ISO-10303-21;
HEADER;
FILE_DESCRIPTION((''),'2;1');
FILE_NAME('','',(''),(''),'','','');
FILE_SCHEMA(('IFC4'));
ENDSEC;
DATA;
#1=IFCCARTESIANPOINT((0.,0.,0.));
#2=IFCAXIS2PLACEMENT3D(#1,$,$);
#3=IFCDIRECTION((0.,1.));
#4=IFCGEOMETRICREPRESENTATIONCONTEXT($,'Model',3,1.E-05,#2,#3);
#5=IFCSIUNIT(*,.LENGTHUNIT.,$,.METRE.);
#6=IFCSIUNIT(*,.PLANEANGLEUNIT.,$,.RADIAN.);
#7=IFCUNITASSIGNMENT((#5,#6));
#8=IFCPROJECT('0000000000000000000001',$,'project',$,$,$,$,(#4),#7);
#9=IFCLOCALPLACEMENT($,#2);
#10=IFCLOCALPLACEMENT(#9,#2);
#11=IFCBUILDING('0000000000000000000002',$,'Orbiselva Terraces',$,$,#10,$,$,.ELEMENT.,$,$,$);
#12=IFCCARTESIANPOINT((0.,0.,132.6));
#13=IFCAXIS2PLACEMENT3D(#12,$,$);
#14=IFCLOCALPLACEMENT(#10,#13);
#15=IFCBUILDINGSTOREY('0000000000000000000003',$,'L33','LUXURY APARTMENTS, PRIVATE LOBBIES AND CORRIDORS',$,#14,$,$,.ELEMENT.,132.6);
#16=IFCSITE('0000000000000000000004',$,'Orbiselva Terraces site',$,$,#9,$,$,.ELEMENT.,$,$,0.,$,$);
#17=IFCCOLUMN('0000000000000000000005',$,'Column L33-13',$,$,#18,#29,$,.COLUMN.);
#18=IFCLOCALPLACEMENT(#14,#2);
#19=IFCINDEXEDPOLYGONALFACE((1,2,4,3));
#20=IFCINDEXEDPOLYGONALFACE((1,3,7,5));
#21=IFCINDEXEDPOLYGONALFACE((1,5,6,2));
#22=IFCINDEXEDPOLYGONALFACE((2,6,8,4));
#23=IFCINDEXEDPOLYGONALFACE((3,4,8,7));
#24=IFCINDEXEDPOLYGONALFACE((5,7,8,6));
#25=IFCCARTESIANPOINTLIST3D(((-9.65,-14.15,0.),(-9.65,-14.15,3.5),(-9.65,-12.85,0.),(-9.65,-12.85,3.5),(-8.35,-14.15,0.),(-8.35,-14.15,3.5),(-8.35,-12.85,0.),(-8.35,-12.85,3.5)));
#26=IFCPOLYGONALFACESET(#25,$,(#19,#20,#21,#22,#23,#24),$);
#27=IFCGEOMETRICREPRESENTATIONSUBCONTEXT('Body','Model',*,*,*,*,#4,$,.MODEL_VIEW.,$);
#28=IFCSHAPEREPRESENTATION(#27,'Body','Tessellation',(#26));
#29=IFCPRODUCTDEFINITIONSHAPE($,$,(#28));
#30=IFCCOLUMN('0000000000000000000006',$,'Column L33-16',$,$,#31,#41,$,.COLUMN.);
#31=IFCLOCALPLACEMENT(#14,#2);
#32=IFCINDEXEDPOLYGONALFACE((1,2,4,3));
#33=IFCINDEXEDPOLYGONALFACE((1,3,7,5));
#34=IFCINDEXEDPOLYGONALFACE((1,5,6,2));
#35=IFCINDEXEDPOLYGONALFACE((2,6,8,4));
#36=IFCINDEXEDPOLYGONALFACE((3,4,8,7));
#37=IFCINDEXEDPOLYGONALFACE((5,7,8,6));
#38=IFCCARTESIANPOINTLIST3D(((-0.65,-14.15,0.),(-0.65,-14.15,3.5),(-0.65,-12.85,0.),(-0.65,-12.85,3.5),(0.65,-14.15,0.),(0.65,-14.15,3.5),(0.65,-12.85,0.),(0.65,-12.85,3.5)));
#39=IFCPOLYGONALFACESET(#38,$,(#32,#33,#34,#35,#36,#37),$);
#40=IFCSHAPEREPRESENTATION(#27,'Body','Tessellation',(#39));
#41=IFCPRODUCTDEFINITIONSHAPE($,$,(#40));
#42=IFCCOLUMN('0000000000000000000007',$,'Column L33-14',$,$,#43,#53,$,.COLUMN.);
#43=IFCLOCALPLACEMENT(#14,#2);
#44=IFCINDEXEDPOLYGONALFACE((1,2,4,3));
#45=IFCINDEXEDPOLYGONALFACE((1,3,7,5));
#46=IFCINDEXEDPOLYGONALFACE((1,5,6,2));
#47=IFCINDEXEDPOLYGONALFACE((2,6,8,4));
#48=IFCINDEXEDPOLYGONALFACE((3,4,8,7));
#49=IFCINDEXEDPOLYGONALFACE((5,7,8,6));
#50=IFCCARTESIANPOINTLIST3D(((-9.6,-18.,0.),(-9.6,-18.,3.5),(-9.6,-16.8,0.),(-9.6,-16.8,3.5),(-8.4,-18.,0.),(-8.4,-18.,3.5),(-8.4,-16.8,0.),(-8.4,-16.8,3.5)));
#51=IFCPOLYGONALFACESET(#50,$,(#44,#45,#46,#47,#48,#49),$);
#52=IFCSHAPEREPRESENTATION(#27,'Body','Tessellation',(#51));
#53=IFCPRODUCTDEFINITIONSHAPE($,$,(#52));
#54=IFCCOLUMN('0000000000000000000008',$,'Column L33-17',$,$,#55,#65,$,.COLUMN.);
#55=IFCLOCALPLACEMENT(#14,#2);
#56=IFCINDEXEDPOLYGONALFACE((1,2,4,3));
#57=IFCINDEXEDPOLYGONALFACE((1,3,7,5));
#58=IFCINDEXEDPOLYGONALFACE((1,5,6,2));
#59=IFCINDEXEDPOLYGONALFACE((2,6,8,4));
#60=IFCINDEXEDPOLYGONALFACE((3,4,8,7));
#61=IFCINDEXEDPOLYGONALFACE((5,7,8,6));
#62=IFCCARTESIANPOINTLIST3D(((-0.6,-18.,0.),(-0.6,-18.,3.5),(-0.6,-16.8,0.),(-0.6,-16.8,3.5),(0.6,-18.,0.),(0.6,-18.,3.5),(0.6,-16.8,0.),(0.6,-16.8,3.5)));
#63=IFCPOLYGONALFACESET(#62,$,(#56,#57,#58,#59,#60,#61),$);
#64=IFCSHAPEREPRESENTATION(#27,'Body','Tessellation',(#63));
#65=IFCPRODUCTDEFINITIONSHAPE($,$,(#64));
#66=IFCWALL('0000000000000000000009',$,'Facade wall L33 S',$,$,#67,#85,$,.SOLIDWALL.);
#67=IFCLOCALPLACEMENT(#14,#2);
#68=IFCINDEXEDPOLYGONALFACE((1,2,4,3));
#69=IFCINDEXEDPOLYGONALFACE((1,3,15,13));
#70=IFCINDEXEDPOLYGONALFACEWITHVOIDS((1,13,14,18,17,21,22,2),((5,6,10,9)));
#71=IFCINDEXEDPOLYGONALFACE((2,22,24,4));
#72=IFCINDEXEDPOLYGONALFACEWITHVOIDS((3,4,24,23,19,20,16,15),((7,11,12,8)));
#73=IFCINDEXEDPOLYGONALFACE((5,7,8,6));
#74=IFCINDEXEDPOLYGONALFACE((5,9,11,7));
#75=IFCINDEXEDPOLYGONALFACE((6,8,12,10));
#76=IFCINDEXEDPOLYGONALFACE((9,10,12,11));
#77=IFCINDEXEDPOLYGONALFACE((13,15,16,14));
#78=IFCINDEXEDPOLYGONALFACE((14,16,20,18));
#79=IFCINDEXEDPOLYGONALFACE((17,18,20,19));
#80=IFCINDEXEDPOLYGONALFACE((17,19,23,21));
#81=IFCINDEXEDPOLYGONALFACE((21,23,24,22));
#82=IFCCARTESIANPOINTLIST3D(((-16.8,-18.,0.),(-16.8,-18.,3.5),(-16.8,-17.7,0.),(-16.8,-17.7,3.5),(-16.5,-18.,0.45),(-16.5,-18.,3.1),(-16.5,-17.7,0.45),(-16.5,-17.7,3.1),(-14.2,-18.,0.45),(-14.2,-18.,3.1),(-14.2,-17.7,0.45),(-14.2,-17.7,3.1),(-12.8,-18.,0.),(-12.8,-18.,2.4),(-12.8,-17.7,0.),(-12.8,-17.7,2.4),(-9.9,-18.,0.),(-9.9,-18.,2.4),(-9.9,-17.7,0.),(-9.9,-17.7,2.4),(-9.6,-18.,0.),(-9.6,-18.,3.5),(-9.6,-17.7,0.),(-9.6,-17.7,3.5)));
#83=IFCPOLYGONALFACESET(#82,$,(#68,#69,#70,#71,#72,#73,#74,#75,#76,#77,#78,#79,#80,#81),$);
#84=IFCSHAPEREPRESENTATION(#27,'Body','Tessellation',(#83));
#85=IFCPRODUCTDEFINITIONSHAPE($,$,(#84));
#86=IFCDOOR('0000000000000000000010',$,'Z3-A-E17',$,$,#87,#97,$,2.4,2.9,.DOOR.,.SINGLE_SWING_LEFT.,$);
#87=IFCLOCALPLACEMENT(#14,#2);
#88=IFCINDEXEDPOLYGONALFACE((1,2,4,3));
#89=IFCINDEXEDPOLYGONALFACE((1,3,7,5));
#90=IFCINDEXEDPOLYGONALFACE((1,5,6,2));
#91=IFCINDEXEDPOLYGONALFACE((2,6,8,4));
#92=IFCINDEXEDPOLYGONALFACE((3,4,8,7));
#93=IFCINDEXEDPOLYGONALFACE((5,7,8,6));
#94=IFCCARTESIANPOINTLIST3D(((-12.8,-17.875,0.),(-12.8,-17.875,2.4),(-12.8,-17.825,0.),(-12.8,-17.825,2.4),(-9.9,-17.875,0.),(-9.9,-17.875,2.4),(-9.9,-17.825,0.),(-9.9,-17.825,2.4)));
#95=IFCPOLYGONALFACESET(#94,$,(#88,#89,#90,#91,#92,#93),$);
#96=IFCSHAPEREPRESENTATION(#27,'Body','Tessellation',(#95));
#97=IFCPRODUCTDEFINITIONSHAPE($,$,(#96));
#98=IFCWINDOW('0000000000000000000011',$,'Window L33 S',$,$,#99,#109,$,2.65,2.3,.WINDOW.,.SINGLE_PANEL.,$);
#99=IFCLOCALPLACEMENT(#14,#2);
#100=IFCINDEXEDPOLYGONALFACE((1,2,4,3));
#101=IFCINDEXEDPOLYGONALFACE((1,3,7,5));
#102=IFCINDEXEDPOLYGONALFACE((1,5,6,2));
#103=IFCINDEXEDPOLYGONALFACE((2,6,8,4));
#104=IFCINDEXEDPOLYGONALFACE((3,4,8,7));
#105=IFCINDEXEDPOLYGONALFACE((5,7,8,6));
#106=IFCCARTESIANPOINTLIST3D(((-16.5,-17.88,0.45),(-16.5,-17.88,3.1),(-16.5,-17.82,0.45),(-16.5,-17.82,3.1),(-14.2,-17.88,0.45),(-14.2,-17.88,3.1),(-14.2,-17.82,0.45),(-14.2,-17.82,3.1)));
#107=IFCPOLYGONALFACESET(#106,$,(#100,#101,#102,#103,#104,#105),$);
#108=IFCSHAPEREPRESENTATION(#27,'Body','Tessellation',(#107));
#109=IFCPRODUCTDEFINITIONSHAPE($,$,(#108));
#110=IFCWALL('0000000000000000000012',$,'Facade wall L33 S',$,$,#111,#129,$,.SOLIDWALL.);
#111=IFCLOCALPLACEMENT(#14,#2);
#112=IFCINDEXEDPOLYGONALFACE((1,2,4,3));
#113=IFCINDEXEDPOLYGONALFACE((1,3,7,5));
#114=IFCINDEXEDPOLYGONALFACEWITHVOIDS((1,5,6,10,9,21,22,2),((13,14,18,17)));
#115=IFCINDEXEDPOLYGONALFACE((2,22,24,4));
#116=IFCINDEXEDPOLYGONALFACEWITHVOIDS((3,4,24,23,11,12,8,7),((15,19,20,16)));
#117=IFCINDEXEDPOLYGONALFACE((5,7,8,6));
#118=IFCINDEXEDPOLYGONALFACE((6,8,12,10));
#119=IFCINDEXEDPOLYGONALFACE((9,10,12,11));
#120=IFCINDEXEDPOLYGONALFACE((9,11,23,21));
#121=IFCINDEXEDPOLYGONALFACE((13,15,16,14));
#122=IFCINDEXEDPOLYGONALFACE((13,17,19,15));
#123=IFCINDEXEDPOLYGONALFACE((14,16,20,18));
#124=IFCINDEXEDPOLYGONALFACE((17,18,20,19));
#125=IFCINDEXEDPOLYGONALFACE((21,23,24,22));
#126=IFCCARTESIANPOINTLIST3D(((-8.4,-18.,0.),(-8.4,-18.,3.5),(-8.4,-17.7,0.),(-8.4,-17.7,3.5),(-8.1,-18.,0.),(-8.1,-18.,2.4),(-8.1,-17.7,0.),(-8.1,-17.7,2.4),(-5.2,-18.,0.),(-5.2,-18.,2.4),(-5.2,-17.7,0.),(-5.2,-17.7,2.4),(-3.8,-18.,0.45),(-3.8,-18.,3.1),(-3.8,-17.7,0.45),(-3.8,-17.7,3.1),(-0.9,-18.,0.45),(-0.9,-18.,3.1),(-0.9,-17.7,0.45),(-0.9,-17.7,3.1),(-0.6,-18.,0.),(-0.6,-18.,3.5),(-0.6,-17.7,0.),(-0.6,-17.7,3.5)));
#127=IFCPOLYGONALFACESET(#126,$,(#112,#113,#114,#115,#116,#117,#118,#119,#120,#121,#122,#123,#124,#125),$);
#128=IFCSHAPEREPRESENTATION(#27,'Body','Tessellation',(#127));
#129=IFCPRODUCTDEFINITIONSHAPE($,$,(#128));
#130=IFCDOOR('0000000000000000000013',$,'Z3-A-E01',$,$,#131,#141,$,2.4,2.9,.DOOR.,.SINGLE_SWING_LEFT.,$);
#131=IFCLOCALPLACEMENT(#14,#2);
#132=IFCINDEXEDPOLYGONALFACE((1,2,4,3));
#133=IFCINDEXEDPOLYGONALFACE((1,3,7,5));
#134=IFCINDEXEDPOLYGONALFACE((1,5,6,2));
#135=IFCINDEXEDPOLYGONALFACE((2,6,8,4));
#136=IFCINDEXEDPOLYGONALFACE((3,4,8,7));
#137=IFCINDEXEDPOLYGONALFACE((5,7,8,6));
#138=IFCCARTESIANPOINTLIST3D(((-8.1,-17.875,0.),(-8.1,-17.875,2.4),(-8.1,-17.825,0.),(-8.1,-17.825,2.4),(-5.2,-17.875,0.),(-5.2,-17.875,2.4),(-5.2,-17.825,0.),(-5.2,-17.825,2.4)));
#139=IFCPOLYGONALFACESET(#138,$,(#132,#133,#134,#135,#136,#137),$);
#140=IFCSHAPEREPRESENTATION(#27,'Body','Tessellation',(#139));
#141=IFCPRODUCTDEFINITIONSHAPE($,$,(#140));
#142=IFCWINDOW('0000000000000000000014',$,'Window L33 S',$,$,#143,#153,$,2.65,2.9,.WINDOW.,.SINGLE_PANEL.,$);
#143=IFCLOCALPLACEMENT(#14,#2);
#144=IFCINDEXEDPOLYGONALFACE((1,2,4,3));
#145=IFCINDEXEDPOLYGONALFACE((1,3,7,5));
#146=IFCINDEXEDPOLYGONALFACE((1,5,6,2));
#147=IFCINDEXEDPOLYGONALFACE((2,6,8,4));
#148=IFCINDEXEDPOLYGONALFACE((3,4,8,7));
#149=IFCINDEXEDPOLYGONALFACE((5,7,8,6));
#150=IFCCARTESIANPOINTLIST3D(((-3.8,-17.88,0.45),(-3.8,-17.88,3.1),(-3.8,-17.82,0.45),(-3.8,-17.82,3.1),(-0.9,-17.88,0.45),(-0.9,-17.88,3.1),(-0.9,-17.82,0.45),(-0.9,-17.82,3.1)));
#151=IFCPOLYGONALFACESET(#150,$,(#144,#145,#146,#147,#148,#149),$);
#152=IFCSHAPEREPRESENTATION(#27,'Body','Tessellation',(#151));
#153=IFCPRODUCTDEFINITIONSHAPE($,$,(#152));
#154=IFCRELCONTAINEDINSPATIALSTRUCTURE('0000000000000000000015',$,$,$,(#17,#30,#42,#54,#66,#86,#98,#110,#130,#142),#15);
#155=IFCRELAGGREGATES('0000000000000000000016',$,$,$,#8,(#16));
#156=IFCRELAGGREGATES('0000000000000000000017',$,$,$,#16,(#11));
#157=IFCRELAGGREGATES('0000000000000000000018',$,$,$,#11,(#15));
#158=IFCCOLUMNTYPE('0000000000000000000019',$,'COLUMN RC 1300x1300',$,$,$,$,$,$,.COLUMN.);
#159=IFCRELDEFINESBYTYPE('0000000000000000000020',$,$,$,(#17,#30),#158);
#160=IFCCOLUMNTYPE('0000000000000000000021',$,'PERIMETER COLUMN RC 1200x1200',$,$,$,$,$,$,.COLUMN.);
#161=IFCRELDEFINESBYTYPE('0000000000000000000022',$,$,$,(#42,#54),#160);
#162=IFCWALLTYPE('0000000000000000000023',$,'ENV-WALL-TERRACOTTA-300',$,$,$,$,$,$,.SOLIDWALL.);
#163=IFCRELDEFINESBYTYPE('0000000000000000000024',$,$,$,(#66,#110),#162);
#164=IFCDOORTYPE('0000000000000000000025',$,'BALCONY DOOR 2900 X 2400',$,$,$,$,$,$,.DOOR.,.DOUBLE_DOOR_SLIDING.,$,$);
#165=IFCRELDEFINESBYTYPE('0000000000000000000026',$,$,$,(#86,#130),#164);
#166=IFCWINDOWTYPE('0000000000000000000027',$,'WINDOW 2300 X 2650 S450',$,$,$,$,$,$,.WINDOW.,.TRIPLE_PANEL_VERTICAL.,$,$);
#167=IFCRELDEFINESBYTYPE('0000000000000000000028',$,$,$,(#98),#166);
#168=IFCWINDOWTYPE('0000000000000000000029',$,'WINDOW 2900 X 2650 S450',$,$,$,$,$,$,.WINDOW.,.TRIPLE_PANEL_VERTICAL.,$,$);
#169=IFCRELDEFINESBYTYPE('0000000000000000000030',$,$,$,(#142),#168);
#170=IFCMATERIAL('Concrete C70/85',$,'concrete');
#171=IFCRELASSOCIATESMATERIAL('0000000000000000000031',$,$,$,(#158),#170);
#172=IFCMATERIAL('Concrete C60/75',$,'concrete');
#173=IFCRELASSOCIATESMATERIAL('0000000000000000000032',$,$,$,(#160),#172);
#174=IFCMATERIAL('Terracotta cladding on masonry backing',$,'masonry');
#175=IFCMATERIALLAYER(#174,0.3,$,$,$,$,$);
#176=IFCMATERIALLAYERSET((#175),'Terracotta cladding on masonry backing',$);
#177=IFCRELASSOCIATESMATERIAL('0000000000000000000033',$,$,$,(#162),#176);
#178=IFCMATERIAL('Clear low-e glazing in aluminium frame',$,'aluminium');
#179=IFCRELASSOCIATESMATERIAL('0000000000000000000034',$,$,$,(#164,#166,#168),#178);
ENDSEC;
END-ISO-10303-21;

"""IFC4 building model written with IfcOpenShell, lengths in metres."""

from ifc_helpers import new_model, si_unit, direction, frame, frame_2d, origin, origin_2d, place, context, subcontext, project, spatial, rectangle, extrude, material, layer, layer_set, material_profile, profile_set, type_object, element, fill, save


model = new_model("IFC4")

# Units and contexts
model_context = context("Model", 3, precision=1e-05, world=origin(), true_north=direction((0.0, 1.0)))
body_context = subcontext(model_context, "Body", "Model", "MODEL_VIEW")
ifc_project = project(units=[si_unit("LENGTHUNIT", "METRE"), si_unit("PLANEANGLEUNIT", "RADIAN")], contexts=[model_context])

# Site, building, storey
site_placement = place(None, origin())
site = spatial("IfcSite", under=ifc_project, at=site_placement, Name="Orbiselva Terraces site", CompositionType="ELEMENT", RefElevation=0.0)
building_placement = place(site_placement, origin())
building = spatial("IfcBuilding", under=site, at=building_placement, Name="Orbiselva Terraces", CompositionType="ELEMENT")
storey_placement = place(building_placement, frame((0.0, 0.0, 132.6)))
storey = spatial("IfcBuildingStorey", under=building, at=storey_placement, Name="L33", Description="LUXURY APARTMENTS, PRIVATE LOBBIES AND CORRIDORS", CompositionType="ELEMENT", Elevation=132.6)

# Columns
ifc_material_1 = material(Name="Concrete C70/85", Category="concrete")
ifc_material_profile_1 = material_profile(ifc_material_1, rectangle(XDim=1.3, YDim=1.3, at=origin_2d()), Name="RC 1300x1300")
ifc_profile_set_1 = profile_set([ifc_material_profile_1], Name="Concrete C70/85")
column_type_1 = type_object("IfcColumnType", Name="COLUMN RC 1300x1300", PredefinedType="COLUMN", material=ifc_profile_set_1)
for number, where, z_axis, x_axis, name in (
    (1, (-9.0, -13.5, 0.0), (0.0, 0.0, 1.0), (1.0, 0.0, 0.0), "Column L33-13"),
    (2, (0.0, -13.5, 0.0), (0.0, 0.0, 1.0), (1.0, 0.0, 0.0), "Column L33-16"),
):
    element("IfcColumn", number, at=place(storey_placement, frame(where, z_axis=z_axis, x_axis=x_axis)), inside=storey, type_object=column_type_1, Name=name, PredefinedType="COLUMN", context=body_context, shape_type="SweptSolid", body=[
        extrude(rectangle(XDim=1.3, YDim=1.3, at=origin_2d()), origin(), (0.0, 0.0, 1.0), 3.5),
    ])
ifc_material_2 = material(Name="Concrete C60/75", Category="concrete")
ifc_material_profile_2 = material_profile(ifc_material_2, rectangle(XDim=1.2, YDim=1.2, at=origin_2d()), Name="RC 1200x1200")
ifc_profile_set_2 = profile_set([ifc_material_profile_2], Name="Concrete C60/75")
column_type_2 = type_object("IfcColumnType", Name="PERIMETER COLUMN RC 1200x1200", PredefinedType="COLUMN", material=ifc_profile_set_2)
for number, where, z_axis, x_axis, name in (
    (3, (-9.0, -17.4, 0.0), (0.0, 0.0, 1.0), (1.0, 0.0, 0.0), "Column L33-14"),
    (4, (0.0, -17.4, 0.0), (0.0, 0.0, 1.0), (1.0, 0.0, 0.0), "Column L33-17"),
):
    element("IfcColumn", number, at=place(storey_placement, frame(where, z_axis=z_axis, x_axis=x_axis)), inside=storey, type_object=column_type_2, Name=name, PredefinedType="COLUMN", context=body_context, shape_type="SweptSolid", body=[
        extrude(rectangle(XDim=1.2, YDim=1.2, at=origin_2d()), origin(), (0.0, 0.0, 1.0), 3.5),
    ])

# Walls, openings, doors, windows
ifc_material_3 = material(Name="Terracotta cladding on masonry backing", Category="masonry")
ifc_layer_1 = layer(ifc_material_3, 0.3)
ifc_layer_set_1 = layer_set([ifc_layer_1], Name="Terracotta cladding on masonry backing")
wall_type_1 = type_object("IfcWallType", Name="ENV-WALL-TERRACOTTA-300", PredefinedType="SOLIDWALL", material=ifc_layer_set_1)
wall_1_placement = place(storey_placement, frame((-9.6, -17.85, 0.0), z_axis=(0.0, 0.0, 1.0), x_axis=(-1.0, 0.0, 0.0)))
wall_1 = element("IfcWall", 5, at=wall_1_placement, inside=storey, type_object=wall_type_1, Name="Facade wall L33 S", PredefinedType="SOLIDWALL", context=body_context, shape_type="SweptSolid", body=[
    extrude(rectangle(XDim=7.2, YDim=0.3, at=frame_2d((3.6, 0.0))), origin(), (0.0, 0.0, 1.0), 3.5),
])
opening_1_placement = place(wall_1_placement, frame((4.6, 0.0, 0.45)))
opening_1 = element("IfcOpeningElement", 6, at=opening_1_placement, cuts=wall_1, PredefinedType="OPENING", context=body_context, shape_type="SweptSolid", body=[
    extrude(rectangle(XDim=2.3, YDim=2.65, at=frame_2d((1.15, 1.325))), frame((0.0, 0.16, 0.0), z_axis=(0.0, -1.0, 0.0), x_axis=(1.0, 0.0, 0.0)), (0.0, 0.0, 1.0), 0.32),
])
opening_2_placement = place(wall_1_placement, frame((0.3, 0.0, 0.0)))
opening_2 = element("IfcOpeningElement", 7, at=opening_2_placement, cuts=wall_1, PredefinedType="OPENING", context=body_context, shape_type="SweptSolid", body=[
    extrude(rectangle(XDim=2.9, YDim=2.4, at=frame_2d((1.45, 1.2))), frame((0.0, 0.16, 0.0), z_axis=(0.0, -1.0, 0.0), x_axis=(1.0, 0.0, 0.0)), (0.0, 0.0, 1.0), 0.32),
])
ifc_material_4 = material(Name="Clear low-e glazing in aluminium frame", Category="aluminium")
door_type_1 = type_object("IfcDoorType", Name="BALCONY DOOR 2900 X 2400", OperationType="DOUBLE_DOOR_SLIDING", PredefinedType="DOOR", material=ifc_material_4)
door_1_placement = place(opening_2_placement, origin())
door_1 = element("IfcDoor", 8, at=door_1_placement, inside=storey, type_object=door_type_1, Name="Z3-A-E17", OperationType="SINGLE_SWING_LEFT", OverallHeight=2.4, OverallWidth=2.9, PredefinedType="DOOR", context=body_context, shape_type="SweptSolid", body=[
    extrude(rectangle(XDim=2.9, YDim=2.4, at=frame_2d((1.45, 1.2))), frame((0.0, 0.025, 0.0), z_axis=(0.0, -1.0, 0.0), x_axis=(1.0, 0.0, 0.0)), (0.0, 0.0, 1.0), 0.05),
])
fill(opening_2, door_1)
window_type_1 = type_object("IfcWindowType", Name="WINDOW 2300 X 2650 S450", PartitioningType="TRIPLE_PANEL_VERTICAL", PredefinedType="WINDOW", material=ifc_material_4)
window_1_placement = place(opening_1_placement, origin())
window_1 = element("IfcWindow", 9, at=window_1_placement, inside=storey, type_object=window_type_1, Name="Window L33 S", OverallHeight=2.65, OverallWidth=2.3, PartitioningType="SINGLE_PANEL", PredefinedType="WINDOW", context=body_context, shape_type="SweptSolid", body=[
    extrude(rectangle(XDim=2.3, YDim=2.65, at=frame_2d((1.15, 1.325))), frame((0.0, 0.03, 0.0), z_axis=(0.0, -1.0, 0.0), x_axis=(1.0, 0.0, 0.0)), (0.0, 0.0, 1.0), 0.06),
])
fill(opening_1, window_1)
wall_2_placement = place(storey_placement, frame((-0.6, -17.85, 0.0), z_axis=(0.0, 0.0, 1.0), x_axis=(-1.0, 0.0, 0.0)))
wall_2 = element("IfcWall", 10, at=wall_2_placement, inside=storey, type_object=wall_type_1, Name="Facade wall L33 S", PredefinedType="SOLIDWALL", context=body_context, shape_type="SweptSolid", body=[
    extrude(rectangle(XDim=7.8, YDim=0.3, at=frame_2d((3.9, 0.0))), origin(), (0.0, 0.0, 1.0), 3.5),
])
opening_3_placement = place(wall_2_placement, frame((4.6, 0.0, 0.0)))
opening_3 = element("IfcOpeningElement", 11, at=opening_3_placement, cuts=wall_2, PredefinedType="OPENING", context=body_context, shape_type="SweptSolid", body=[
    extrude(rectangle(XDim=2.9, YDim=2.4, at=frame_2d((1.45, 1.2))), frame((0.0, 0.16, 0.0), z_axis=(0.0, -1.0, 0.0), x_axis=(1.0, 0.0, 0.0)), (0.0, 0.0, 1.0), 0.32),
])
opening_4_placement = place(wall_2_placement, frame((0.3, 0.0, 0.45)))
opening_4 = element("IfcOpeningElement", 12, at=opening_4_placement, cuts=wall_2, PredefinedType="OPENING", context=body_context, shape_type="SweptSolid", body=[
    extrude(rectangle(XDim=2.9, YDim=2.65, at=frame_2d((1.45, 1.325))), frame((0.0, 0.16, 0.0), z_axis=(0.0, -1.0, 0.0), x_axis=(1.0, 0.0, 0.0)), (0.0, 0.0, 1.0), 0.32),
])
door_2_placement = place(opening_3_placement, origin())
door_2 = element("IfcDoor", 13, at=door_2_placement, inside=storey, type_object=door_type_1, Name="Z3-A-E01", OperationType="SINGLE_SWING_LEFT", OverallHeight=2.4, OverallWidth=2.9, PredefinedType="DOOR", context=body_context, shape_type="SweptSolid", body=[
    extrude(rectangle(XDim=2.9, YDim=2.4, at=frame_2d((1.45, 1.2))), frame((0.0, 0.025, 0.0), z_axis=(0.0, -1.0, 0.0), x_axis=(1.0, 0.0, 0.0)), (0.0, 0.0, 1.0), 0.05),
])
fill(opening_3, door_2)
window_type_2 = type_object("IfcWindowType", Name="WINDOW 2900 X 2650 S450", PartitioningType="TRIPLE_PANEL_VERTICAL", PredefinedType="WINDOW", material=ifc_material_4)
window_2_placement = place(opening_4_placement, origin())
window_2 = element("IfcWindow", 14, at=window_2_placement, inside=storey, type_object=window_type_2, Name="Window L33 S", OverallHeight=2.65, OverallWidth=2.9, PartitioningType="SINGLE_PANEL", PredefinedType="WINDOW", context=body_context, shape_type="SweptSolid", body=[
    extrude(rectangle(XDim=2.9, YDim=2.65, at=frame_2d((1.45, 1.325))), frame((0.0, 0.03, 0.0), z_axis=(0.0, -1.0, 0.0), x_axis=(1.0, 0.0, 0.0)), (0.0, 0.0, 1.0), 0.06),
])
fill(opening_4, window_2)

save(model, "model.ifc")
